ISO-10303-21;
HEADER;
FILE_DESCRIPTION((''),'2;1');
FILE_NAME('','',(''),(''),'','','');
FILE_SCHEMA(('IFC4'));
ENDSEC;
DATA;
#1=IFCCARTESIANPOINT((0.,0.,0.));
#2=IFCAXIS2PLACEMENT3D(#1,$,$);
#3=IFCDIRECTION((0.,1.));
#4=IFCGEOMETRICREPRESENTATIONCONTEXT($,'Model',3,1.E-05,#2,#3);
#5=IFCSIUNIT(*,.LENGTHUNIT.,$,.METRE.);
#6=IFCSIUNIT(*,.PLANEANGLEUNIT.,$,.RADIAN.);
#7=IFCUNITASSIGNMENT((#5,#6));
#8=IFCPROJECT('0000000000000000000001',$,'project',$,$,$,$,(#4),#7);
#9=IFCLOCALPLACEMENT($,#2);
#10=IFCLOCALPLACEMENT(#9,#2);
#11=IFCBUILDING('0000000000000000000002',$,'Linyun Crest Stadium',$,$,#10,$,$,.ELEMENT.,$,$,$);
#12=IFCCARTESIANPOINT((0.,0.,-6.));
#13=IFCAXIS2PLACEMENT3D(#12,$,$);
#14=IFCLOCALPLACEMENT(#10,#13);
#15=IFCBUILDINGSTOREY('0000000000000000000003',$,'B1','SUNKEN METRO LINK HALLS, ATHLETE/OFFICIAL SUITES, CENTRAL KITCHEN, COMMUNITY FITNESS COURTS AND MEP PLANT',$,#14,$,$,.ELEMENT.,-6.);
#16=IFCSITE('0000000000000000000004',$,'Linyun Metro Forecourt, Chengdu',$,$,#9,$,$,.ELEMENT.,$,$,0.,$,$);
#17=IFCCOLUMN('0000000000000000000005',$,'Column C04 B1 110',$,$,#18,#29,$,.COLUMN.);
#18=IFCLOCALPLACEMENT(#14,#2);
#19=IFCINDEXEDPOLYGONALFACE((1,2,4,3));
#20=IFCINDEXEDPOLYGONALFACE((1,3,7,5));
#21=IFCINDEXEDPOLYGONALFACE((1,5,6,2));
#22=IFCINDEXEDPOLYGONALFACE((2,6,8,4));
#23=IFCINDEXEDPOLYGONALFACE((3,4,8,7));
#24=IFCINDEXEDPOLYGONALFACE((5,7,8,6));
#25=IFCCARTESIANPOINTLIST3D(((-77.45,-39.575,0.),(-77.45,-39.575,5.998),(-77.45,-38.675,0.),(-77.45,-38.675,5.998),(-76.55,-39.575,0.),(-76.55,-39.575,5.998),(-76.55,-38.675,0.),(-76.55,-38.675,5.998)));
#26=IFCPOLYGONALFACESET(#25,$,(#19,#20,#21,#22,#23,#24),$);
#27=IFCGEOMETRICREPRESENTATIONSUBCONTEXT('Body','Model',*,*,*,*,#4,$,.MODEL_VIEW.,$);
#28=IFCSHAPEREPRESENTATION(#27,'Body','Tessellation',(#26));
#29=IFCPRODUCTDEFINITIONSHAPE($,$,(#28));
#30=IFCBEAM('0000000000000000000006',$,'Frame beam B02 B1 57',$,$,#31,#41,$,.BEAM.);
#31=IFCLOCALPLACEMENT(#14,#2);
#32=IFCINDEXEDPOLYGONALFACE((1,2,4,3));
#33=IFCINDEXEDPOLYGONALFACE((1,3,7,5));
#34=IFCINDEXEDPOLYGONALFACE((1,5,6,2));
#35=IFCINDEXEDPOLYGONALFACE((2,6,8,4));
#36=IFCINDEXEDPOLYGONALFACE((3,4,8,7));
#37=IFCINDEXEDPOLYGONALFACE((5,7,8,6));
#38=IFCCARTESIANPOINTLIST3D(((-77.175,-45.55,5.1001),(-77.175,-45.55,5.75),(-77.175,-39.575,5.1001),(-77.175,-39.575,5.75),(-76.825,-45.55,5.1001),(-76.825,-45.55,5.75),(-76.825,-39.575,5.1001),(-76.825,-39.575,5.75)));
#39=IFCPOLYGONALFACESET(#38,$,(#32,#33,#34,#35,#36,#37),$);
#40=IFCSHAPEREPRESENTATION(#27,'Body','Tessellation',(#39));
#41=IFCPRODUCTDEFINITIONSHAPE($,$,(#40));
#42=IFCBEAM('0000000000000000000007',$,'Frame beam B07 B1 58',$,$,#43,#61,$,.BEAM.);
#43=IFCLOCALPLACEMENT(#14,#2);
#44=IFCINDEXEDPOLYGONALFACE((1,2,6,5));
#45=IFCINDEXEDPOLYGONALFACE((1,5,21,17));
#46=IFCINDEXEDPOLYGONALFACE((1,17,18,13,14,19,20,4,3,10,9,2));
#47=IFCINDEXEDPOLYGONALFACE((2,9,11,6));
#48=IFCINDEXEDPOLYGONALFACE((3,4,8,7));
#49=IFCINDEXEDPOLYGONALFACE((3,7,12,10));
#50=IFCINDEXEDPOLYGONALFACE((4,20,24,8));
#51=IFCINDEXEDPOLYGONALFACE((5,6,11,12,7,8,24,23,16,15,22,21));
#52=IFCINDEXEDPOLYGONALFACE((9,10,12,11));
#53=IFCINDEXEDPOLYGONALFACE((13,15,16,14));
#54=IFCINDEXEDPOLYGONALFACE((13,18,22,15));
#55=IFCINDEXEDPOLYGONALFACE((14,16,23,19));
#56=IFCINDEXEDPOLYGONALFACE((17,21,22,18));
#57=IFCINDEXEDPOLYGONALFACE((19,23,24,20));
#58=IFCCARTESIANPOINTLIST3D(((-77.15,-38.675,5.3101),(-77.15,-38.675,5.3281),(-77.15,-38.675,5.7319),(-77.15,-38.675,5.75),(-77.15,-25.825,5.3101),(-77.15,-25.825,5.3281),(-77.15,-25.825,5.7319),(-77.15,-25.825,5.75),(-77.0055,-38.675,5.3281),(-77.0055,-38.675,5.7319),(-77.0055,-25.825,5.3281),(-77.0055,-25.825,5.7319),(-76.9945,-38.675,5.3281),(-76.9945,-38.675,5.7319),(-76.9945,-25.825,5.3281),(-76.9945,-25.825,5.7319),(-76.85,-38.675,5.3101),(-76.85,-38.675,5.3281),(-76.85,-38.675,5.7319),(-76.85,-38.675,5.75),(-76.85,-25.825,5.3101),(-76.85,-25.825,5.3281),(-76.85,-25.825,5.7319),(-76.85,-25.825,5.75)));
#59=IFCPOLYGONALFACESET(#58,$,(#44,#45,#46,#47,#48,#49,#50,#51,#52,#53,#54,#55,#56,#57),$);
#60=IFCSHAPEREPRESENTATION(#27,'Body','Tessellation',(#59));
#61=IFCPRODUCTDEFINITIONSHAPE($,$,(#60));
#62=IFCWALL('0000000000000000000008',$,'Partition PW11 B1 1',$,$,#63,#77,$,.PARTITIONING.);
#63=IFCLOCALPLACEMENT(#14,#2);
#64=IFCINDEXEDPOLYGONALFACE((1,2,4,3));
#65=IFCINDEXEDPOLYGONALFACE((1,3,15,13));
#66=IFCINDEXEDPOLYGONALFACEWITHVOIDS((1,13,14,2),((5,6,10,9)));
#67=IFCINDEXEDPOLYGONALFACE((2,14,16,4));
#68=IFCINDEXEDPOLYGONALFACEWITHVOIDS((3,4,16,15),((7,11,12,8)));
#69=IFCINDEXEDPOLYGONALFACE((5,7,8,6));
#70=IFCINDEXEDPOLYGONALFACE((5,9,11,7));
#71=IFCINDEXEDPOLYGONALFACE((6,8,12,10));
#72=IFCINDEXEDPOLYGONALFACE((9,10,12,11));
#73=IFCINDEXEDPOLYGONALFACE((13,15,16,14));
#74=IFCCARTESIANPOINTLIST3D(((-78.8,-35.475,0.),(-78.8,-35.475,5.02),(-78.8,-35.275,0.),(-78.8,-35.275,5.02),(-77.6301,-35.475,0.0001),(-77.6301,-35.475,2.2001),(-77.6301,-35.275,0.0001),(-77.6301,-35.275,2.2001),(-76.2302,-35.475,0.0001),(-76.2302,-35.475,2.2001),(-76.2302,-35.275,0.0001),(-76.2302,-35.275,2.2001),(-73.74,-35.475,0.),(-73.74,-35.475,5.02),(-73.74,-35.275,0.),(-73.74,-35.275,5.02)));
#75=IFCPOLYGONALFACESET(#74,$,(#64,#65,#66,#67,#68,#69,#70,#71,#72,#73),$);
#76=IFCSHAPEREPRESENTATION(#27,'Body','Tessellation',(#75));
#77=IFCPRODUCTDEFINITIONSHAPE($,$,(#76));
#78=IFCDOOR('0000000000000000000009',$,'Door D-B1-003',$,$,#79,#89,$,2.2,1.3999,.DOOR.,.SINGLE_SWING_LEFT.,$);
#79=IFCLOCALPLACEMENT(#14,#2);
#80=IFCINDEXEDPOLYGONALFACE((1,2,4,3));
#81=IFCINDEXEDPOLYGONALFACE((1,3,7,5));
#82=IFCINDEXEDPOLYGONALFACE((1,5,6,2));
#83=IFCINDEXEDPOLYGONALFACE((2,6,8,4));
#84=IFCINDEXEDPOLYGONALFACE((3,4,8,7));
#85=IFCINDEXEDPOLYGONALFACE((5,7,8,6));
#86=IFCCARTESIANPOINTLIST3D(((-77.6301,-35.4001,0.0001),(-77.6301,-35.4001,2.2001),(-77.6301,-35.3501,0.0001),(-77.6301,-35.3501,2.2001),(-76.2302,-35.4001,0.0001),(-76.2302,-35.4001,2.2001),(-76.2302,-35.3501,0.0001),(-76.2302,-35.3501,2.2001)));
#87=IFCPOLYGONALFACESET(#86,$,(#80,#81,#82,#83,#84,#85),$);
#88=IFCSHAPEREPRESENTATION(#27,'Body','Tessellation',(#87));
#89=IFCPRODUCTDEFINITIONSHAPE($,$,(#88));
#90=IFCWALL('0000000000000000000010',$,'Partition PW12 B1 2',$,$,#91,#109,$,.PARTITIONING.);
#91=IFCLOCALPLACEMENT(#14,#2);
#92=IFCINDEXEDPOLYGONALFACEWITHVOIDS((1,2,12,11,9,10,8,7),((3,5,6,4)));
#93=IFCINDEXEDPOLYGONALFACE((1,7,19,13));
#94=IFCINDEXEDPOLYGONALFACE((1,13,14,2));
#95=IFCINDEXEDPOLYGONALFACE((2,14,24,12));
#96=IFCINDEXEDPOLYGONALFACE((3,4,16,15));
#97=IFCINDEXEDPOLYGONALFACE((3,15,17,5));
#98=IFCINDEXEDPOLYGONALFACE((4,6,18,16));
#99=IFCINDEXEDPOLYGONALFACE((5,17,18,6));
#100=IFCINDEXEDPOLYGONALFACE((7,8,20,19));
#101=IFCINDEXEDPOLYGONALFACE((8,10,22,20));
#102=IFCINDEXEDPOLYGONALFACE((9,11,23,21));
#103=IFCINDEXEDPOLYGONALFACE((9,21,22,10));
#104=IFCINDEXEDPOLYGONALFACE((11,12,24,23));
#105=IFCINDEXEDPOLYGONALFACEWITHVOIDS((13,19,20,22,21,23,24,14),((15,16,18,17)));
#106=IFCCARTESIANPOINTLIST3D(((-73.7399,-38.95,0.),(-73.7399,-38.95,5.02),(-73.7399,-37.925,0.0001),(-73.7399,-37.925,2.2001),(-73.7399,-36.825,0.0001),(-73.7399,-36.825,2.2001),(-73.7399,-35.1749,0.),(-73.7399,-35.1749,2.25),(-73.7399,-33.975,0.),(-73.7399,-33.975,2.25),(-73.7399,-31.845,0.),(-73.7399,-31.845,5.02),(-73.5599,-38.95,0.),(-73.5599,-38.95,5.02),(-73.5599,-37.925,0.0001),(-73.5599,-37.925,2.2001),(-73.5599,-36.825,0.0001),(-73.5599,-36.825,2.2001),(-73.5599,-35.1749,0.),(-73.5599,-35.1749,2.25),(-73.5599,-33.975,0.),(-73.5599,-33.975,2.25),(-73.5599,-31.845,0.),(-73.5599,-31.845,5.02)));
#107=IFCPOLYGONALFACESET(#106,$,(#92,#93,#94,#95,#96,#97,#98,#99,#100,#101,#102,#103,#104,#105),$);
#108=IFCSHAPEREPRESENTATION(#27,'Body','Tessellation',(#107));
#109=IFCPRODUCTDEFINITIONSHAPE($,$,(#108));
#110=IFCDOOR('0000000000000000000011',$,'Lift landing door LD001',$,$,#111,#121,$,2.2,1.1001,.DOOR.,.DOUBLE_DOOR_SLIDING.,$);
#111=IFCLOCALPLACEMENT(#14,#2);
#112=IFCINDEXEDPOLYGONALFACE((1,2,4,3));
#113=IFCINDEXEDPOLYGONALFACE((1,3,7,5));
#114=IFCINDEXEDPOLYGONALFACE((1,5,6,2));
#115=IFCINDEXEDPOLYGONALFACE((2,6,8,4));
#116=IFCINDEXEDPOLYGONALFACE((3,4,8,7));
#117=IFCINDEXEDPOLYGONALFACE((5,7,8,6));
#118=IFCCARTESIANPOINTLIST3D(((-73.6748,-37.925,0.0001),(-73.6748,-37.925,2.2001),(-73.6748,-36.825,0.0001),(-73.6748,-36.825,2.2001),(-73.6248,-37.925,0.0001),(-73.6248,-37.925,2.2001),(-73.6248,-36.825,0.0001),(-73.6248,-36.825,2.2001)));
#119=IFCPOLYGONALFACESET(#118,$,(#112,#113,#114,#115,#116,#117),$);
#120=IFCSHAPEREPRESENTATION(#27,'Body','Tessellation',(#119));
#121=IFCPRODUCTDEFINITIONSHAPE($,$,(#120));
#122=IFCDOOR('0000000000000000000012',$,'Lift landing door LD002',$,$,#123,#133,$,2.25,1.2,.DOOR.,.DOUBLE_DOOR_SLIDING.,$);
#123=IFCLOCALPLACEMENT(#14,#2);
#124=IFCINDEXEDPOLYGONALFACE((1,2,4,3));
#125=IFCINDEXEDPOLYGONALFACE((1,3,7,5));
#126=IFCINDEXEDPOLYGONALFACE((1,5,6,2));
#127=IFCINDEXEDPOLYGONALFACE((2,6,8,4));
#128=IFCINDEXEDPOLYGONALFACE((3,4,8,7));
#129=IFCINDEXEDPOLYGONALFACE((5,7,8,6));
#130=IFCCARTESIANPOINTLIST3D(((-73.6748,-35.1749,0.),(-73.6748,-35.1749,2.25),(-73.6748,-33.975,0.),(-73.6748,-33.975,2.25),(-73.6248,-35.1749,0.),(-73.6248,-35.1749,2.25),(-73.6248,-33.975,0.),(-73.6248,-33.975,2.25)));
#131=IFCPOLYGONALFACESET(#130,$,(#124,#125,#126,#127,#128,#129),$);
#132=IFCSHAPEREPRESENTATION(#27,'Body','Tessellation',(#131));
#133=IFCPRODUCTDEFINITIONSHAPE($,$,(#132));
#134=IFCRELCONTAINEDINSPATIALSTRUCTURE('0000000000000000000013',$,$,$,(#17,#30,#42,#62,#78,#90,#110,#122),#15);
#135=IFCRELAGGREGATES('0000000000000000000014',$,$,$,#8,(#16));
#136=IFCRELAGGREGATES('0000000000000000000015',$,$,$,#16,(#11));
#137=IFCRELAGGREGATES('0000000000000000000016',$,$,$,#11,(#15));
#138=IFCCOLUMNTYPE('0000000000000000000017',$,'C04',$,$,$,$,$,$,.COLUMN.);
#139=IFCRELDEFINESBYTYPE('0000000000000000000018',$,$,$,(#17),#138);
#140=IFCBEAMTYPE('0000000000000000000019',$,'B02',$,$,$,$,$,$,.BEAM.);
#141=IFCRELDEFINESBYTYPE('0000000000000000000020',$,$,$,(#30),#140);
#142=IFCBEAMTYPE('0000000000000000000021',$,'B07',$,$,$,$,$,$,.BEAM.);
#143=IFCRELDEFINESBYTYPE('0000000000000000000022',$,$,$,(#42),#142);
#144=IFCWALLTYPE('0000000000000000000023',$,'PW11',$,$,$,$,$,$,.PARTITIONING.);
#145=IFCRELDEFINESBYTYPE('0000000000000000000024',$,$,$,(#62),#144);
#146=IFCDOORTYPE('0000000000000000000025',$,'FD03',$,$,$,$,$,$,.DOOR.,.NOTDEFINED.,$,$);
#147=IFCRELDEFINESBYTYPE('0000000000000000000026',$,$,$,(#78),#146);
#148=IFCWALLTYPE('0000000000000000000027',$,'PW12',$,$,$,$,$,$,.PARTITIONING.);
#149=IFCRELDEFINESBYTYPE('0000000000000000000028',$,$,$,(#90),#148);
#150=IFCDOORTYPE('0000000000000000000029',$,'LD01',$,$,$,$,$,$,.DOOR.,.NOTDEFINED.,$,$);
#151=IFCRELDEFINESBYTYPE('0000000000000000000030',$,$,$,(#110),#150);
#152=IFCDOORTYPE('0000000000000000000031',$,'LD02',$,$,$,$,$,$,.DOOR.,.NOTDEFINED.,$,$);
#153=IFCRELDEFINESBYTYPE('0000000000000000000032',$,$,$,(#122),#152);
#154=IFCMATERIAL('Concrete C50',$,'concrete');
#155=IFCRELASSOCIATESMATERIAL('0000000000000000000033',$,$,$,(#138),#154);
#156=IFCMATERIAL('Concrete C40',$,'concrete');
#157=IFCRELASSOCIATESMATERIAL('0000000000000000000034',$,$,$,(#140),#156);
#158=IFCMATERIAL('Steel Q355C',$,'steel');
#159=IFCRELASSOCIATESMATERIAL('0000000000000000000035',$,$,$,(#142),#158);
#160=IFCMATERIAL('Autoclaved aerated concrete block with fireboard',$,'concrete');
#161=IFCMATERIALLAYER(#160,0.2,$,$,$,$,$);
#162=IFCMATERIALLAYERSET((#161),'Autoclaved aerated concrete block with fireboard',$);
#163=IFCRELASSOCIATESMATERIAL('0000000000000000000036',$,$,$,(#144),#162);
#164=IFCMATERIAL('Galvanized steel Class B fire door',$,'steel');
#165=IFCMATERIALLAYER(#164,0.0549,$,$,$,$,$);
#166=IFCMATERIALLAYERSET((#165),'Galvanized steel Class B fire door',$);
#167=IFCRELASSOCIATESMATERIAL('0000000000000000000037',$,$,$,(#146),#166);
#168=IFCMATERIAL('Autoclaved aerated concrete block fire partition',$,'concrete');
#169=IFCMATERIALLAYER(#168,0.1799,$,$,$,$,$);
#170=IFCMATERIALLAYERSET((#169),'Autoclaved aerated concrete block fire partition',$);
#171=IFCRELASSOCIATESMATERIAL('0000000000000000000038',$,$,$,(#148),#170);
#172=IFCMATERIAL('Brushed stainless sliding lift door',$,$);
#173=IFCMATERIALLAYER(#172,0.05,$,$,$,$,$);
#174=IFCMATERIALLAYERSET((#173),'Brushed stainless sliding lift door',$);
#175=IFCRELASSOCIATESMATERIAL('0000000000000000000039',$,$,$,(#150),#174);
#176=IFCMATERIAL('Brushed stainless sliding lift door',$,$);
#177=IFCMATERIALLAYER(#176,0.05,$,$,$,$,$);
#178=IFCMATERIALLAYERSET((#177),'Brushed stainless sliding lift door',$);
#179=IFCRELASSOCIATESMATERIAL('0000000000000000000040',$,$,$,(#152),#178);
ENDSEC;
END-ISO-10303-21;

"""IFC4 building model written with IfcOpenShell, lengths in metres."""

from ifc_helpers import new_model, si_unit, direction, frame, frame_2d, origin, origin_2d, place, context, subcontext, project, spatial, rectangle, i_section, extrude, material, layer, layer_set, material_profile, profile_set, type_object, element, fill, save


model = new_model("IFC4")

# Units and contexts
model_context = context("Model", 3, precision=1e-05, world=origin(), true_north=direction((0.0, 1.0)))
body_context = subcontext(model_context, "Body", "Model", "MODEL_VIEW")
ifc_project = project(units=[si_unit("LENGTHUNIT", "METRE"), si_unit("PLANEANGLEUNIT", "RADIAN")], contexts=[model_context])

# Site, building, storey
site_placement = place(None, origin())
site = spatial("IfcSite", under=ifc_project, at=site_placement, Name="Linyun Metro Forecourt, Chengdu", CompositionType="ELEMENT", RefElevation=0.0)
building_placement = place(site_placement, origin())
building = spatial("IfcBuilding", under=site, at=building_placement, Name="Linyun Crest Stadium", CompositionType="ELEMENT")
storey_placement = place(building_placement, frame((0.0, 0.0, -6.0)))
storey = spatial("IfcBuildingStorey", under=building, at=storey_placement, Name="B1", Description="SUNKEN METRO LINK HALLS, ATHLETE/OFFICIAL SUITES, CENTRAL KITCHEN, COMMUNITY FITNESS COURTS AND MEP PLANT", CompositionType="ELEMENT", Elevation=-6.0)

# Column
ifc_material_1 = material(Name="Concrete C50", Category="concrete")
ifc_material_profile_1 = material_profile(ifc_material_1, rectangle(XDim=0.8999, YDim=0.8999, at=origin_2d()), Name="RC 900x900")
ifc_profile_set_1 = profile_set([ifc_material_profile_1], Name="Concrete C50")
column_type = type_object("IfcColumnType", Name="C04", PredefinedType="COLUMN", material=ifc_profile_set_1)
column_placement = place(storey_placement, frame((-77.0, -39.125, 0.0), z_axis=(0.0, 0.0, 1.0), x_axis=(1.0, 0.0, 0.0)))
element("IfcColumn", 1, at=column_placement, inside=storey, type_object=column_type, Name="Column C04 B1 110", PredefinedType="COLUMN", context=body_context, shape_type="SweptSolid", body=[
    extrude(rectangle(XDim=0.8999, YDim=0.8999, at=origin_2d()), origin(), (0.0, 0.0, 1.0), 5.998),
])

# Beams
ifc_material_2 = material(Name="Concrete C40", Category="concrete")
ifc_material_profile_2 = material_profile(ifc_material_2, rectangle(XDim=0.3501, YDim=0.6499, at=origin_2d()), Name="RCB 650x350")
ifc_profile_set_2 = profile_set([ifc_material_profile_2], Name="Concrete C40")
beam_type_1 = type_object("IfcBeamType", Name="B02", PredefinedType="BEAM", material=ifc_profile_set_2)
beam_1_placement = place(storey_placement, frame((-77.0, -45.55, 5.425), z_axis=(0.0, 1.0, 0.0), x_axis=(-1.0, 0.0, 0.0)))
element("IfcBeam", 2, at=beam_1_placement, inside=storey, type_object=beam_type_1, Name="Frame beam B02 B1 57", PredefinedType="BEAM", context=body_context, shape_type="SweptSolid", body=[
    extrude(rectangle(XDim=0.3501, YDim=0.6499, at=origin_2d()), origin(), (0.0, 0.0, 1.0), 5.9751),
])
ifc_material_3 = material(Name="Steel Q355C", Category="steel")
ifc_material_profile_3 = material_profile(ifc_material_3, i_section(OverallWidth=0.3, OverallDepth=0.4399, WebThickness=0.011, FlangeThickness=0.0181, at=origin_2d()), Name="HM 440x300")
ifc_profile_set_3 = profile_set([ifc_material_profile_3], Name="Steel Q355C")
beam_type_2 = type_object("IfcBeamType", Name="B07", PredefinedType="BEAM", material=ifc_profile_set_3)
beam_2_placement = place(storey_placement, frame((-77.0, -38.675, 5.53), z_axis=(0.0, 1.0, 0.0), x_axis=(-1.0, 0.0, 0.0)))
element("IfcBeam", 3, at=beam_2_placement, inside=storey, type_object=beam_type_2, Name="Frame beam B07 B1 58", PredefinedType="BEAM", context=body_context, shape_type="SweptSolid", body=[
    extrude(i_section(OverallWidth=0.3, OverallDepth=0.4399, WebThickness=0.011, FlangeThickness=0.0181, at=origin_2d()), origin(), (0.0, 0.0, 1.0), 12.8501),
])

# Wall, opening, door
ifc_material_4 = material(Name="Autoclaved aerated concrete block with fireboard", Category="concrete")
ifc_layer_1 = layer(ifc_material_4, 0.2)
ifc_layer_set_1 = layer_set([ifc_layer_1], Name="Autoclaved aerated concrete block with fireboard")
wall_type_1 = type_object("IfcWallType", Name="PW11", PredefinedType="PARTITIONING", material=ifc_layer_set_1)
wall_1_placement = place(storey_placement, frame((-78.8, -35.375, 0.0), z_axis=(0.0, 0.0, 1.0), x_axis=(1.0, 0.0, 0.0)))
wall_1 = element("IfcWall", 4, at=wall_1_placement, inside=storey, type_object=wall_type_1, Name="Partition PW11 B1 1", PredefinedType="PARTITIONING", context=body_context, shape_type="SweptSolid", body=[
    extrude(rectangle(XDim=5.0601, YDim=0.2, at=frame_2d((2.53, 0.0))), origin(), (0.0, 0.0, 1.0), 5.02),
])
opening_1_placement = place(wall_1_placement, frame((1.1699, 0.0, 0.0)))
opening_1 = element("IfcOpeningElement", 5, at=opening_1_placement, cuts=wall_1, PredefinedType="OPENING", context=body_context, shape_type="SweptSolid", body=[
    extrude(rectangle(XDim=1.3999, YDim=2.2, at=frame_2d((0.7, 1.1001))), frame((0.0, 0.1099, 0.0), z_axis=(0.0, -1.0, 0.0), x_axis=(1.0, 0.0, 0.0)), (0.0, 0.0, 1.0), 0.22),
])
ifc_material_5 = material(Name="Galvanized steel Class B fire door", Category="steel")
ifc_layer_2 = layer(ifc_material_5, 0.0549)
ifc_layer_set_2 = layer_set([ifc_layer_2], Name="Galvanized steel Class B fire door")
door_type_1 = type_object("IfcDoorType", Name="FD03", OperationType="NOTDEFINED", PredefinedType="DOOR", material=ifc_layer_set_2)
door_1_placement = place(opening_1_placement, origin())
door_1 = element("IfcDoor", 6, at=door_1_placement, inside=storey, type_object=door_type_1, Name="Door D-B1-003", OperationType="SINGLE_SWING_LEFT", OverallHeight=2.2, OverallWidth=1.3999, PredefinedType="DOOR", context=body_context, shape_type="SweptSolid", body=[
    extrude(rectangle(XDim=1.3999, YDim=2.2, at=frame_2d((0.7, 1.1001))), frame((0.0, 0.0249, 0.0), z_axis=(0.0, -1.0, 0.0), x_axis=(1.0, 0.0, 0.0)), (0.0, 0.0, 1.0), 0.05),
])
fill(opening_1, door_1)

# Wall, openings, doors
ifc_material_6 = material(Name="Autoclaved aerated concrete block fire partition", Category="concrete")
ifc_layer_3 = layer(ifc_material_6, 0.1799)
ifc_layer_set_3 = layer_set([ifc_layer_3], Name="Autoclaved aerated concrete block fire partition")
wall_type_2 = type_object("IfcWallType", Name="PW12", PredefinedType="PARTITIONING", material=ifc_layer_set_3)
wall_2_placement = place(storey_placement, frame((-73.6499, -38.95, 0.0), z_axis=(0.0, 0.0, 1.0), x_axis=(0.0, 1.0, 0.0)))
wall_2 = element("IfcWall", 7, at=wall_2_placement, inside=storey, type_object=wall_type_2, Name="Partition PW12 B1 2", PredefinedType="PARTITIONING", context=body_context, shape_type="SweptSolid", body=[
    extrude(rectangle(XDim=7.105, YDim=0.1799, at=frame_2d((3.5525, 0.0))), origin(), (0.0, 0.0, 1.0), 5.02),
])
opening_2_placement = place(wall_2_placement, frame((1.0249, 0.0, 0.0)))
opening_2 = element("IfcOpeningElement", 8, at=opening_2_placement, cuts=wall_2, PredefinedType="OPENING", context=body_context, shape_type="SweptSolid", body=[
    extrude(rectangle(XDim=1.1001, YDim=2.2, at=frame_2d((0.55, 1.1001))), frame((0.0, 0.0999, 0.0), z_axis=(0.0, -1.0, 0.0), x_axis=(1.0, 0.0, 0.0)), (0.0, 0.0, 1.0), 0.2),
])
opening_3_placement = place(wall_2_placement, frame((3.7749, 0.0, 0.0)))
opening_3 = element("IfcOpeningElement", 9, at=opening_3_placement, cuts=wall_2, PredefinedType="OPENING", context=body_context, shape_type="SweptSolid", body=[
    extrude(rectangle(XDim=1.2, YDim=2.25, at=frame_2d((0.6001, 1.125))), frame((0.0, 0.0999, 0.0), z_axis=(0.0, -1.0, 0.0), x_axis=(1.0, 0.0, 0.0)), (0.0, 0.0, 1.0), 0.2),
])
ifc_material_7 = material(Name="Brushed stainless sliding lift door")
ifc_layer_4 = layer(ifc_material_7, 0.05)
ifc_layer_set_4 = layer_set([ifc_layer_4], Name="Brushed stainless sliding lift door")
door_type_2 = type_object("IfcDoorType", Name="LD01", OperationType="NOTDEFINED", PredefinedType="DOOR", material=ifc_layer_set_4)
door_2_placement = place(opening_2_placement, origin())
door_2 = element("IfcDoor", 10, at=door_2_placement, inside=storey, type_object=door_type_2, Name="Lift landing door LD001", OperationType="DOUBLE_DOOR_SLIDING", OverallHeight=2.2, OverallWidth=1.1001, PredefinedType="DOOR", context=body_context, shape_type="SweptSolid", body=[
    extrude(rectangle(XDim=1.1001, YDim=2.2, at=frame_2d((0.55, 1.1001))), frame((0.0, 0.0249, 0.0), z_axis=(0.0, -1.0, 0.0), x_axis=(1.0, 0.0, 0.0)), (0.0, 0.0, 1.0), 0.05),
])
fill(opening_2, door_2)
ifc_material_8 = material(Name="Brushed stainless sliding lift door")
ifc_layer_5 = layer(ifc_material_8, 0.05)
ifc_layer_set_5 = layer_set([ifc_layer_5], Name="Brushed stainless sliding lift door")
door_type_3 = type_object("IfcDoorType", Name="LD02", OperationType="NOTDEFINED", PredefinedType="DOOR", material=ifc_layer_set_5)
door_3_placement = place(opening_3_placement, origin())
door_3 = element("IfcDoor", 11, at=door_3_placement, inside=storey, type_object=door_type_3, Name="Lift landing door LD002", OperationType="DOUBLE_DOOR_SLIDING", OverallHeight=2.25, OverallWidth=1.2, PredefinedType="DOOR", context=body_context, shape_type="SweptSolid", body=[
    extrude(rectangle(XDim=1.2, YDim=2.25, at=frame_2d((0.6001, 1.125))), frame((0.0, 0.0249, 0.0), z_axis=(0.0, -1.0, 0.0), x_axis=(1.0, 0.0, 0.0)), (0.0, 0.0, 1.0), 0.05),
])
fill(opening_3, door_3)

save(model, "model.ifc")
